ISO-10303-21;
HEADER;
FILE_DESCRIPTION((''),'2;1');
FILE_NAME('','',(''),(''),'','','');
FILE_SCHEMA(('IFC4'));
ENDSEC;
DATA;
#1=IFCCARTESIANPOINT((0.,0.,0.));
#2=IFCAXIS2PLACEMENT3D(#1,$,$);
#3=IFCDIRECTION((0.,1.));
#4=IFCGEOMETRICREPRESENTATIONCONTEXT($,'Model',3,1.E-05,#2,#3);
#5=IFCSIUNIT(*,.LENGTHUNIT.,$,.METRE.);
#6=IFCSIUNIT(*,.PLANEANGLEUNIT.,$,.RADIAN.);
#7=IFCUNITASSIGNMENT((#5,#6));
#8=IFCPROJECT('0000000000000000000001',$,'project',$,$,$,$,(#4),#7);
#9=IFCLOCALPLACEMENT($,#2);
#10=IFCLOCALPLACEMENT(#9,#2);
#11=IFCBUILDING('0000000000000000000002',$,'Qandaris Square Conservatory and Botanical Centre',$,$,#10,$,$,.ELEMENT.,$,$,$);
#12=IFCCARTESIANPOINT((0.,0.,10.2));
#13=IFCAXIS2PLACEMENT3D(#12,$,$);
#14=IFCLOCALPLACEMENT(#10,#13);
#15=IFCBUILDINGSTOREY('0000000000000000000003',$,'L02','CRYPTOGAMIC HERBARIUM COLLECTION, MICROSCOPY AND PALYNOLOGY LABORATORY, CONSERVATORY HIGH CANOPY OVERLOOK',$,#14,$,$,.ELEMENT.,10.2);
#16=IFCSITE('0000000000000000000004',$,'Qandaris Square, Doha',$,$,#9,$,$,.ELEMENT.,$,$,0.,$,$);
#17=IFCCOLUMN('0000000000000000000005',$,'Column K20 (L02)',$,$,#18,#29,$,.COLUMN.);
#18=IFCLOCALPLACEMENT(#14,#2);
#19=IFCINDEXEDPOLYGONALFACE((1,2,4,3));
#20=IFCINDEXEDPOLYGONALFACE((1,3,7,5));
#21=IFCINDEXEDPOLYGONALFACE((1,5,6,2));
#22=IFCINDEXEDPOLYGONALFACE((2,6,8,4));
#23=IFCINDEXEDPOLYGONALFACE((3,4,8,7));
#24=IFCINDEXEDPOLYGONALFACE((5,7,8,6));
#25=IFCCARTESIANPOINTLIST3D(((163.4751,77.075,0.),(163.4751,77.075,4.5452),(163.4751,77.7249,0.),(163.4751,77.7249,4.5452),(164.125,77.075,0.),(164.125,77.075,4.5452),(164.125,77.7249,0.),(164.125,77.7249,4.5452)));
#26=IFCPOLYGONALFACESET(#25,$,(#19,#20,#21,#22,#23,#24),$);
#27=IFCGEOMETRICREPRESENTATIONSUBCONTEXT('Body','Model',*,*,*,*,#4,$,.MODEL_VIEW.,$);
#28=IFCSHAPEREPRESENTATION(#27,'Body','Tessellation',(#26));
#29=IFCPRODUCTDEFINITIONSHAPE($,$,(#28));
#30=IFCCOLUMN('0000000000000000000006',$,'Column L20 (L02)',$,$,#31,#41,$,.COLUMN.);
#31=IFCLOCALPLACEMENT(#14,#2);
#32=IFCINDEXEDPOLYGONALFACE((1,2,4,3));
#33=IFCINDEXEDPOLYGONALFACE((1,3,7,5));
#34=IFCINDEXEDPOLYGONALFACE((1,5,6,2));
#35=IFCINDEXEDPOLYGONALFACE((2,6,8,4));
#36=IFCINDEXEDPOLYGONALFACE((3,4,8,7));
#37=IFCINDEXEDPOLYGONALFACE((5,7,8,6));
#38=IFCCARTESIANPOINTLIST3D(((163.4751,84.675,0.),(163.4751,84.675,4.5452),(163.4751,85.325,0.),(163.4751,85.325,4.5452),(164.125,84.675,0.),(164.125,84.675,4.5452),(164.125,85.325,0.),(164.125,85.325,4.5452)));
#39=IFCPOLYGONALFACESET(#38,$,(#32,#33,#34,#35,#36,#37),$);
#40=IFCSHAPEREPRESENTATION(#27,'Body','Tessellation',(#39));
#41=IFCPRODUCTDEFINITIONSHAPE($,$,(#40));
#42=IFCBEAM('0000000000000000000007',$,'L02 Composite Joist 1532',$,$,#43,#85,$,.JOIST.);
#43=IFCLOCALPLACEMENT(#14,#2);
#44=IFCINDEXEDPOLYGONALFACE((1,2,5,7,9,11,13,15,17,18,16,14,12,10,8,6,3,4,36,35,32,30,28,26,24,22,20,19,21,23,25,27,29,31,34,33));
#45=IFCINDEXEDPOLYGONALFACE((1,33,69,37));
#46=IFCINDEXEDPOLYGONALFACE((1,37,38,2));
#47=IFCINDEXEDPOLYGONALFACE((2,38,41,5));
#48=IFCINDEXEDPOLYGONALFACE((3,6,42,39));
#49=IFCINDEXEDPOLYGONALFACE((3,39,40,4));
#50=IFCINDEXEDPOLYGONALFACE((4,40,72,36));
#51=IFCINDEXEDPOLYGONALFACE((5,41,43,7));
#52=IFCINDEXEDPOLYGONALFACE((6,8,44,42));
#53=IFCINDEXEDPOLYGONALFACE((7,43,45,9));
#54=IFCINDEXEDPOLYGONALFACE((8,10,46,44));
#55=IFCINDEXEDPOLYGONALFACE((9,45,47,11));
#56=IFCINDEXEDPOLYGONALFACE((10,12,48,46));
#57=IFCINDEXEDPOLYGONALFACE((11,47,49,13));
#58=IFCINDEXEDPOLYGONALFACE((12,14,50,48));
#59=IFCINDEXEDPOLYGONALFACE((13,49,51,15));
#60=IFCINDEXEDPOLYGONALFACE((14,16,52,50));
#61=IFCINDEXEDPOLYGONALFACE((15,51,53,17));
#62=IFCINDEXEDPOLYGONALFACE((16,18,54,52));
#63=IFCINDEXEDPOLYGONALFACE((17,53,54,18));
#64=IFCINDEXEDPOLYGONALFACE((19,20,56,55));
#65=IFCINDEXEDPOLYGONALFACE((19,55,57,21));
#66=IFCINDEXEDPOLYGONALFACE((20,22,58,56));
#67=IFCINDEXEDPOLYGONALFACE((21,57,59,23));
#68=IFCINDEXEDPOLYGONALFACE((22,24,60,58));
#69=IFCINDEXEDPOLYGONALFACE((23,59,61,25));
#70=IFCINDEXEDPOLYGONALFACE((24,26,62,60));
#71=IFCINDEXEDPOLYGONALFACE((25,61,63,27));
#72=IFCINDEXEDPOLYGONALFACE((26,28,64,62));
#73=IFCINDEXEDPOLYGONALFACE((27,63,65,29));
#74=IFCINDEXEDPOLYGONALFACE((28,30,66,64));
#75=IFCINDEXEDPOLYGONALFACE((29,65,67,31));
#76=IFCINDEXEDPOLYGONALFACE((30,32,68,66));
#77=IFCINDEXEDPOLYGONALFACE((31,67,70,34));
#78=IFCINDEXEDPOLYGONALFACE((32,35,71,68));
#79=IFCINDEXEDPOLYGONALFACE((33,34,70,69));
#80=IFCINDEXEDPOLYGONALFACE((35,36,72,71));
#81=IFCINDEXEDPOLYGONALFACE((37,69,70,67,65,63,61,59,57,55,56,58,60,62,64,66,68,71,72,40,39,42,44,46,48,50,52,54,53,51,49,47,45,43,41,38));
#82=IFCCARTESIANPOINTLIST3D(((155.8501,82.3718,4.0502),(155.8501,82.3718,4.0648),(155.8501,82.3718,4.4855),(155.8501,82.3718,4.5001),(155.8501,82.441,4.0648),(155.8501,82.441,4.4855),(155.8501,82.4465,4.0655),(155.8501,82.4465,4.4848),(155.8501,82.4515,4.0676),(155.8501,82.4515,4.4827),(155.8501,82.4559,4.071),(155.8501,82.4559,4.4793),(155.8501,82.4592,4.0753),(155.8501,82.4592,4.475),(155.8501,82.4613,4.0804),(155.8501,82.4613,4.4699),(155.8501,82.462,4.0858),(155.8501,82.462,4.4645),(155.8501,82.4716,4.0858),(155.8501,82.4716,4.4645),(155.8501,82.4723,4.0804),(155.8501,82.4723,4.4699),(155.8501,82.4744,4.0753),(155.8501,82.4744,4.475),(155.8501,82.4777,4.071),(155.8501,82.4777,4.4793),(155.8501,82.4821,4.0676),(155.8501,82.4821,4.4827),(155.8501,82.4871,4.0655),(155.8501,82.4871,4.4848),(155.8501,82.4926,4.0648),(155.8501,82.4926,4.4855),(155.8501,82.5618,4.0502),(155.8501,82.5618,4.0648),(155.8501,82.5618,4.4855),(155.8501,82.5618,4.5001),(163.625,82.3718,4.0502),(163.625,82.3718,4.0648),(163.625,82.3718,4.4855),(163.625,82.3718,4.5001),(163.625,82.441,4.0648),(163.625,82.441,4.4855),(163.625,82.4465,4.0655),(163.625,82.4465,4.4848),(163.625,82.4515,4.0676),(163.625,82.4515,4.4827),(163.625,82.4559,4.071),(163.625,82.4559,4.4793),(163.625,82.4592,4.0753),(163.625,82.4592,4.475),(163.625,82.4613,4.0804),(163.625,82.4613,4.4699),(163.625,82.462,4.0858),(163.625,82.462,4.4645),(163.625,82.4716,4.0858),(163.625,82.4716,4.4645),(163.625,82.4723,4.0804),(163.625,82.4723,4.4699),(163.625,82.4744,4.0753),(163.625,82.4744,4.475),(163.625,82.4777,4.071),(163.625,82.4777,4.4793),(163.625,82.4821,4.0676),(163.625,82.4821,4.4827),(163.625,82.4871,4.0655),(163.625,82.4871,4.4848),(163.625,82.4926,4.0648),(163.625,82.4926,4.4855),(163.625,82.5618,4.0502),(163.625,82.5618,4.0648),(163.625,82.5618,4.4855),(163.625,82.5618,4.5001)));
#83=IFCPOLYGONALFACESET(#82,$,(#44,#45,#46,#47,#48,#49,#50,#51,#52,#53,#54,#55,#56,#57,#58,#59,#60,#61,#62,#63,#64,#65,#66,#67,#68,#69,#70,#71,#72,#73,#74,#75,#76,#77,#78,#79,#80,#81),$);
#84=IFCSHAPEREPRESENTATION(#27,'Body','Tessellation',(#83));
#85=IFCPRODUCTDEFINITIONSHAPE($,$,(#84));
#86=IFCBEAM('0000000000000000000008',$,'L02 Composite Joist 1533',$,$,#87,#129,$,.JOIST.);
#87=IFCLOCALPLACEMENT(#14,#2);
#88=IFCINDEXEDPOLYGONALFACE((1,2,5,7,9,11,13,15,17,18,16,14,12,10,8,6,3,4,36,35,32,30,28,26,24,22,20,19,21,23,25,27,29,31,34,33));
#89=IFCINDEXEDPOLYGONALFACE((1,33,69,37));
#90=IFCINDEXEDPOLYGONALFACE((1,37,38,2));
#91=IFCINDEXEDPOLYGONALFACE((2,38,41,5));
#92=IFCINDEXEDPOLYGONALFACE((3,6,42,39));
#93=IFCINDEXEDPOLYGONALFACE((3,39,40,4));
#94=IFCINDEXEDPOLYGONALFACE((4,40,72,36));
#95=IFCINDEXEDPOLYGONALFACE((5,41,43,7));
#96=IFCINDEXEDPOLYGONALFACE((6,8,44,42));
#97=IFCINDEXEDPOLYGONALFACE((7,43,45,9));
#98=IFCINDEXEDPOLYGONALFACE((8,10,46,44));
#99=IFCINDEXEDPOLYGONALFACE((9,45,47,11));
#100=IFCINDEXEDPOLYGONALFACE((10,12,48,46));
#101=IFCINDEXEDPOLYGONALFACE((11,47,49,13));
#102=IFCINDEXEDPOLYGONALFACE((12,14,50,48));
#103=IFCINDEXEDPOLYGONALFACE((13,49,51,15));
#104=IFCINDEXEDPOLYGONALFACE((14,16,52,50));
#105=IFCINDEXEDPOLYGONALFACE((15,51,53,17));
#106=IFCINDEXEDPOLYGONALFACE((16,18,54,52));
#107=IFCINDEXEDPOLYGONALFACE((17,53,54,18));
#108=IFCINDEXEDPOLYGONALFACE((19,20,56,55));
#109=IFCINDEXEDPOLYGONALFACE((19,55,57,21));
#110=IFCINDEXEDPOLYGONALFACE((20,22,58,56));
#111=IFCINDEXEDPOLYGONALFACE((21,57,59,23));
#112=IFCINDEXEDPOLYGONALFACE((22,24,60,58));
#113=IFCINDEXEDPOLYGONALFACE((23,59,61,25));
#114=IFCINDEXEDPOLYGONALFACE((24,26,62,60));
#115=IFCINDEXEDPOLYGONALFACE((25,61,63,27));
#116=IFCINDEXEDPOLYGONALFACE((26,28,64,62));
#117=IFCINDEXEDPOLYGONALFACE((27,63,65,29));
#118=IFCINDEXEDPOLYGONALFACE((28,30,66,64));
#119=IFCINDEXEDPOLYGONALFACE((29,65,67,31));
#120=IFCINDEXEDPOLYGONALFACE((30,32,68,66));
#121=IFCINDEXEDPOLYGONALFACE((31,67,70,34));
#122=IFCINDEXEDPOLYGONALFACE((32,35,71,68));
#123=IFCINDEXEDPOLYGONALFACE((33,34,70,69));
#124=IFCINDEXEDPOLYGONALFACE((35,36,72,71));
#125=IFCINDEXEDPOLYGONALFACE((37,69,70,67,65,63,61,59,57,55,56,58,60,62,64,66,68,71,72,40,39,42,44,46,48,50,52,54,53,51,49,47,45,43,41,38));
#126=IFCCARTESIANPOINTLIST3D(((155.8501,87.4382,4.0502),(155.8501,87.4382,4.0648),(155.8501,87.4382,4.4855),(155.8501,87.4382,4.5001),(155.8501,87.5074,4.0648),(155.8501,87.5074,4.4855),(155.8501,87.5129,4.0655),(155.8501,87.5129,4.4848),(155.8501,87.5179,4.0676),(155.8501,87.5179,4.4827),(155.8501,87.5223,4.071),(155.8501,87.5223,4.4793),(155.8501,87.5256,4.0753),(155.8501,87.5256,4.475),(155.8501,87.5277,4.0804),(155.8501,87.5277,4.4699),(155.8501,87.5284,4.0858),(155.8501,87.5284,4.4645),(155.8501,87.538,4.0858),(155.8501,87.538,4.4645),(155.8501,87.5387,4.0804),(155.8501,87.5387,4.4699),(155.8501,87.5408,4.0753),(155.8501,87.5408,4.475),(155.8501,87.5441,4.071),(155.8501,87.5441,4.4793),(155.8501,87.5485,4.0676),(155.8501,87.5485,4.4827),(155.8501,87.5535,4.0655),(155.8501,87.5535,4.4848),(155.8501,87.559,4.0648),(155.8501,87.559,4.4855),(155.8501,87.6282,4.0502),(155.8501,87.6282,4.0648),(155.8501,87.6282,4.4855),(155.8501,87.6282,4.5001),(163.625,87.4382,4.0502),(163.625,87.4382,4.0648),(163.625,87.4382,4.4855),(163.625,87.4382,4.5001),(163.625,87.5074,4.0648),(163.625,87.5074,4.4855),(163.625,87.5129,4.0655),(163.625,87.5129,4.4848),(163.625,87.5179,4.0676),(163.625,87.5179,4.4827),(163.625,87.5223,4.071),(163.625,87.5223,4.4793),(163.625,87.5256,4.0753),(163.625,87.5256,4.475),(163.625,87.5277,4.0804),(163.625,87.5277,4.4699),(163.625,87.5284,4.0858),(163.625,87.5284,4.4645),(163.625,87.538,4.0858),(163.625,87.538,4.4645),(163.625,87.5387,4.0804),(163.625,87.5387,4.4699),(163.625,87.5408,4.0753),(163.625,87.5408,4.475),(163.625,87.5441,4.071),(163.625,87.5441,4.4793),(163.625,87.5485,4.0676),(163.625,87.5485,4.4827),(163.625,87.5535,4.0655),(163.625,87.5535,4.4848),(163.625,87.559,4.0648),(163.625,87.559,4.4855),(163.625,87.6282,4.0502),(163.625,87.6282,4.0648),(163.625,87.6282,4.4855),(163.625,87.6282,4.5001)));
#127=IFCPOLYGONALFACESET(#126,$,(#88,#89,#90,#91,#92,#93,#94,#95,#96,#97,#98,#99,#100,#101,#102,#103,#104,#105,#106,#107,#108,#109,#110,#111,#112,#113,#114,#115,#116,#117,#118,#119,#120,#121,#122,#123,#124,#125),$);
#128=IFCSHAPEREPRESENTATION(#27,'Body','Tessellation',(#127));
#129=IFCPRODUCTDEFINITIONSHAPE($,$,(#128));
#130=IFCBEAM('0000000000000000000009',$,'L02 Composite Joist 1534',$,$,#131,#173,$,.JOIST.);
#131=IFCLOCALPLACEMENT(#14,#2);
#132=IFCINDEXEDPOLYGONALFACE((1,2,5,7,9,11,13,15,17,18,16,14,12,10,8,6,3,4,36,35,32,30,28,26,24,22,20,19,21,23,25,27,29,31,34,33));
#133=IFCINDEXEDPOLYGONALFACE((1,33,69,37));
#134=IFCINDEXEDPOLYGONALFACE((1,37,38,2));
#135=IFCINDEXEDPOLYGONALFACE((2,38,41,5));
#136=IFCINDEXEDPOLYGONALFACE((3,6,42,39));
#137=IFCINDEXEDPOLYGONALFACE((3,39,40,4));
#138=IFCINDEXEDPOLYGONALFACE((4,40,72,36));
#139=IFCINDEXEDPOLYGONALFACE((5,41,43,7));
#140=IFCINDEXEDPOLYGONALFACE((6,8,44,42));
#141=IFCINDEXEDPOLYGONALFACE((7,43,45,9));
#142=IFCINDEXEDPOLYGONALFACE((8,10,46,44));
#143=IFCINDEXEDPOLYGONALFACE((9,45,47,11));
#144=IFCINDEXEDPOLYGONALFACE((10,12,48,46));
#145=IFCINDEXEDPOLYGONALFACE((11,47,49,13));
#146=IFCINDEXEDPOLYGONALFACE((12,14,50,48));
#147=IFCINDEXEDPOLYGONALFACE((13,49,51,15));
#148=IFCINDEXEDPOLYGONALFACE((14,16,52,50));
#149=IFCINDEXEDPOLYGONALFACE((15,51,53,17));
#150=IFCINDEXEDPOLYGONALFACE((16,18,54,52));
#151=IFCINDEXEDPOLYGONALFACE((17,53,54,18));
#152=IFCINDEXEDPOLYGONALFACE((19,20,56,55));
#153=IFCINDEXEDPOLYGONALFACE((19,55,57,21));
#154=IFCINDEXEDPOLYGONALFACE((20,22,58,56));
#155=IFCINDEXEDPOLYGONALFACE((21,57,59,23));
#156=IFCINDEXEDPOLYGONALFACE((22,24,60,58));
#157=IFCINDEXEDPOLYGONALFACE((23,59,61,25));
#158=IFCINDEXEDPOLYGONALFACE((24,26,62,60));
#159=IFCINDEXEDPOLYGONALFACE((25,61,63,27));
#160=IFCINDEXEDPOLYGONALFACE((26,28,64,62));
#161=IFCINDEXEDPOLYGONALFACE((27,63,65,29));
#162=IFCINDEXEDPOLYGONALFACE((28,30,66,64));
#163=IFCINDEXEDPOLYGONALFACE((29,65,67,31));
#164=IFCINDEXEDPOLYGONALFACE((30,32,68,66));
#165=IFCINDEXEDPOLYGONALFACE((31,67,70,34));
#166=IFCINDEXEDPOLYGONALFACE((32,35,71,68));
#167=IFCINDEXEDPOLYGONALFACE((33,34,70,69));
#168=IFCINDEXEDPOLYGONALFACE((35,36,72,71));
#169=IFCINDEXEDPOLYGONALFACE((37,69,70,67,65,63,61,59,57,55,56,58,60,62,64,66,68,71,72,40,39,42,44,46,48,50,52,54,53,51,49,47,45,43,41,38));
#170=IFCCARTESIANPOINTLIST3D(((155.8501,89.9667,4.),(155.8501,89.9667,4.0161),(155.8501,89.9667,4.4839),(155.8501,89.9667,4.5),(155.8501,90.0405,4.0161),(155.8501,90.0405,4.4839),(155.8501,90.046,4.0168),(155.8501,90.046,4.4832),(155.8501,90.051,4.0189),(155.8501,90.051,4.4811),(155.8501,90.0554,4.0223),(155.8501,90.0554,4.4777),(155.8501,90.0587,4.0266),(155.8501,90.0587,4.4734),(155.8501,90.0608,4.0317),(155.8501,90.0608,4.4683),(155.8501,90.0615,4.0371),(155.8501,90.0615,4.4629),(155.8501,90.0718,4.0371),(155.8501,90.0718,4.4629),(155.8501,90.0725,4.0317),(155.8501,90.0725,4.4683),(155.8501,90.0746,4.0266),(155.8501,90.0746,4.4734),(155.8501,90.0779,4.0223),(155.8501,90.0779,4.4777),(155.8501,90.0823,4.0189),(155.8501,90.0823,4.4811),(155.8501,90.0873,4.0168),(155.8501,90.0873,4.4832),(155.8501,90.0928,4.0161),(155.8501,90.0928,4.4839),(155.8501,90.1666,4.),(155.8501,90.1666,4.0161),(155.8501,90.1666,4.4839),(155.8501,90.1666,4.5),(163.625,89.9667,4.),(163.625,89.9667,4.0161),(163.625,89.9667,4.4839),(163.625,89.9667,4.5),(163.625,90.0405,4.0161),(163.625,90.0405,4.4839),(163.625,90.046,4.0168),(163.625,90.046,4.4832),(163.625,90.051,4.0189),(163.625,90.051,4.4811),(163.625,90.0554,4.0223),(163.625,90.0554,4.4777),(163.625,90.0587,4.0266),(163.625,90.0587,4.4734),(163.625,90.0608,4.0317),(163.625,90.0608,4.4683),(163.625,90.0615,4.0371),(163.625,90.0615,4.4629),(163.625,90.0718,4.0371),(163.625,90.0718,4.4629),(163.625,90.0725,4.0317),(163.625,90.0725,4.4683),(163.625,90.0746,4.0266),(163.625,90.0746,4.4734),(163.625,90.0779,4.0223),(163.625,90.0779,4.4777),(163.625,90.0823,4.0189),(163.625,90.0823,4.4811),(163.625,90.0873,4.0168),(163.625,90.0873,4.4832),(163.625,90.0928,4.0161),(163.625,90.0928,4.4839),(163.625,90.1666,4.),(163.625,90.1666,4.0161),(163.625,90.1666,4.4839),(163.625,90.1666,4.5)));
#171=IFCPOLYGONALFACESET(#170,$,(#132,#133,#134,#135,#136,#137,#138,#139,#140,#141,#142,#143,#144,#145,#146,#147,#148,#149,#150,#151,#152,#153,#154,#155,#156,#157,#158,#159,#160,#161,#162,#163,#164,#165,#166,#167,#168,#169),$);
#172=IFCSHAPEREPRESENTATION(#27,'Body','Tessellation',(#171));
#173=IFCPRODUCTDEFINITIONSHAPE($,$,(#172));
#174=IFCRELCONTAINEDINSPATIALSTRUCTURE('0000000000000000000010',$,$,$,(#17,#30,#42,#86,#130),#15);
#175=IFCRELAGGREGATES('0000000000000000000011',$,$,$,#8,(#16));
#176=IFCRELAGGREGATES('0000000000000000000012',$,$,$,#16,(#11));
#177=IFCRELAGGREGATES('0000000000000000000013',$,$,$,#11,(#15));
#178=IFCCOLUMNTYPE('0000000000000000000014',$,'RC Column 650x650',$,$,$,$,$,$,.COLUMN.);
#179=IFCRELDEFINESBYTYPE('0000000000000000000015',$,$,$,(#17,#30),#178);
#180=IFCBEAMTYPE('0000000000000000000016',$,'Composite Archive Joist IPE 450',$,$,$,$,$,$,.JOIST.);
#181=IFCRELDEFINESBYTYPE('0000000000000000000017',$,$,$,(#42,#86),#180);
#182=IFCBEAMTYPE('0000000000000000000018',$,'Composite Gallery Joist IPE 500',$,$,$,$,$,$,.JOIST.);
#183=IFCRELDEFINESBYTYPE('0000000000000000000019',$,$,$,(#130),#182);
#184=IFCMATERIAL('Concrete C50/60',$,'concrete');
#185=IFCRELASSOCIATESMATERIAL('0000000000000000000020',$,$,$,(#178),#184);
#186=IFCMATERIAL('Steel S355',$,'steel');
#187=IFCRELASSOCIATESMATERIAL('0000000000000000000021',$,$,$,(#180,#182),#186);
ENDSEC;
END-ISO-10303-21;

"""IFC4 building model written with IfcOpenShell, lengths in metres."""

from ifc_helpers import new_model, si_unit, direction, frame, origin, origin_2d, place, context, subcontext, project, spatial, rectangle, i_section, extrude, material, material_profile, profile_set, type_object, element, save


model = new_model("IFC4")

# Units and contexts
model_context = context("Model", 3, precision=1e-05, world=origin(), true_north=direction((0.0, 1.0)))
body_context = subcontext(model_context, "Body", "Model", "MODEL_VIEW")
ifc_project = project(units=[si_unit("LENGTHUNIT", "METRE"), si_unit("PLANEANGLEUNIT", "RADIAN")], contexts=[model_context])

# Site, building, storey
site_placement = place(None, origin())
site = spatial("IfcSite", under=ifc_project, at=site_placement, Name="Qandaris Square, Doha", CompositionType="ELEMENT", RefElevation=0.0)
building_placement = place(site_placement, origin())
building = spatial("IfcBuilding", under=site, at=building_placement, Name="Qandaris Square Conservatory and Botanical Centre", CompositionType="ELEMENT")
storey_placement = place(building_placement, frame((0.0, 0.0, 10.2)))
storey = spatial("IfcBuildingStorey", under=building, at=storey_placement, Name="L02", Description="CRYPTOGAMIC HERBARIUM COLLECTION, MICROSCOPY AND PALYNOLOGY LABORATORY, CONSERVATORY HIGH CANOPY OVERLOOK", CompositionType="ELEMENT", Elevation=10.2)

# Columns
ifc_material_1 = material(Name="Concrete C50/60", Category="concrete")
ifc_material_profile_1 = material_profile(ifc_material_1, rectangle(XDim=0.6499, YDim=0.6499, at=origin_2d()), Name="RC-COL 650x650")
ifc_profile_set_1 = profile_set([ifc_material_profile_1], Name="Concrete C50/60")
column_type = type_object("IfcColumnType", Name="RC Column 650x650", PredefinedType="COLUMN", material=ifc_profile_set_1)
for number, where, z_axis, x_axis, name in (
    (1, (163.8, 77.3999, 0.0), (0.0, 0.0, 1.0), (1.0, 0.0, 0.0), "Column K20 (L02)"),
    (2, (163.8, 85.0, 0.0), (0.0, 0.0, 1.0), (1.0, 0.0, 0.0), "Column L20 (L02)"),
):
    element("IfcColumn", number, at=place(storey_placement, frame(where, z_axis=z_axis, x_axis=x_axis)), inside=storey, type_object=column_type, Name=name, PredefinedType="COLUMN", context=body_context, shape_type="SweptSolid", body=[
        extrude(rectangle(XDim=0.6499, YDim=0.6499, at=origin_2d()), origin(), (0.0, 0.0, 1.0), 4.5452),
    ])

# Beams
ifc_material_2 = material(Name="Steel S355", Category="steel")
ifc_material_profile_2 = material_profile(ifc_material_2, i_section(OverallWidth=0.1899, OverallDepth=0.45, WebThickness=0.0095, FlangeThickness=0.0146, FilletRadius=0.021, at=origin_2d()), Name="IPE 450")
ifc_profile_set_2 = profile_set([ifc_material_profile_2], Name="Steel S355")
beam_type_1 = type_object("IfcBeamType", Name="Composite Archive Joist IPE 450", PredefinedType="JOIST", material=ifc_profile_set_2)
for number, where, z_axis, x_axis, name in (
    (3, (155.8501, 82.4668, 4.2751), (1.0, 0.0, 0.0), (0.0, 1.0, 0.0), "L02 Composite Joist 1532"),
    (4, (155.8501, 87.5332, 4.2751), (1.0, 0.0, 0.0), (0.0, 1.0, 0.0), "L02 Composite Joist 1533"),
):
    element("IfcBeam", number, at=place(storey_placement, frame(where, z_axis=z_axis, x_axis=x_axis)), inside=storey, type_object=beam_type_1, Name=name, PredefinedType="JOIST", context=body_context, shape_type="SweptSolid", body=[
        extrude(i_section(OverallWidth=0.1899, OverallDepth=0.45, WebThickness=0.0095, FlangeThickness=0.0146, FilletRadius=0.021, at=origin_2d()), origin(), (0.0, 0.0, 1.0), 7.7749),
    ])
ifc_material_profile_3 = material_profile(ifc_material_2, i_section(OverallWidth=0.2, OverallDepth=0.5, WebThickness=0.0103, FlangeThickness=0.0161, FilletRadius=0.021, at=origin_2d()), Name="IPE 500")
ifc_profile_set_3 = profile_set([ifc_material_profile_3], Name="Steel S355")
beam_type_2 = type_object("IfcBeamType", Name="Composite Gallery Joist IPE 500", PredefinedType="JOIST", material=ifc_profile_set_3)
beam_1_placement = place(storey_placement, frame((155.8501, 90.0667, 4.25), z_axis=(1.0, 0.0, 0.0), x_axis=(0.0, 1.0, 0.0)))
element("IfcBeam", 5, at=beam_1_placement, inside=storey, type_object=beam_type_2, Name="L02 Composite Joist 1534", PredefinedType="JOIST", context=body_context, shape_type="SweptSolid", body=[
    extrude(i_section(OverallWidth=0.2, OverallDepth=0.5, WebThickness=0.0103, FlangeThickness=0.0161, FilletRadius=0.021, at=origin_2d()), origin(), (0.0, 0.0, 1.0), 7.7749),
])

save(model, "model.ifc")
